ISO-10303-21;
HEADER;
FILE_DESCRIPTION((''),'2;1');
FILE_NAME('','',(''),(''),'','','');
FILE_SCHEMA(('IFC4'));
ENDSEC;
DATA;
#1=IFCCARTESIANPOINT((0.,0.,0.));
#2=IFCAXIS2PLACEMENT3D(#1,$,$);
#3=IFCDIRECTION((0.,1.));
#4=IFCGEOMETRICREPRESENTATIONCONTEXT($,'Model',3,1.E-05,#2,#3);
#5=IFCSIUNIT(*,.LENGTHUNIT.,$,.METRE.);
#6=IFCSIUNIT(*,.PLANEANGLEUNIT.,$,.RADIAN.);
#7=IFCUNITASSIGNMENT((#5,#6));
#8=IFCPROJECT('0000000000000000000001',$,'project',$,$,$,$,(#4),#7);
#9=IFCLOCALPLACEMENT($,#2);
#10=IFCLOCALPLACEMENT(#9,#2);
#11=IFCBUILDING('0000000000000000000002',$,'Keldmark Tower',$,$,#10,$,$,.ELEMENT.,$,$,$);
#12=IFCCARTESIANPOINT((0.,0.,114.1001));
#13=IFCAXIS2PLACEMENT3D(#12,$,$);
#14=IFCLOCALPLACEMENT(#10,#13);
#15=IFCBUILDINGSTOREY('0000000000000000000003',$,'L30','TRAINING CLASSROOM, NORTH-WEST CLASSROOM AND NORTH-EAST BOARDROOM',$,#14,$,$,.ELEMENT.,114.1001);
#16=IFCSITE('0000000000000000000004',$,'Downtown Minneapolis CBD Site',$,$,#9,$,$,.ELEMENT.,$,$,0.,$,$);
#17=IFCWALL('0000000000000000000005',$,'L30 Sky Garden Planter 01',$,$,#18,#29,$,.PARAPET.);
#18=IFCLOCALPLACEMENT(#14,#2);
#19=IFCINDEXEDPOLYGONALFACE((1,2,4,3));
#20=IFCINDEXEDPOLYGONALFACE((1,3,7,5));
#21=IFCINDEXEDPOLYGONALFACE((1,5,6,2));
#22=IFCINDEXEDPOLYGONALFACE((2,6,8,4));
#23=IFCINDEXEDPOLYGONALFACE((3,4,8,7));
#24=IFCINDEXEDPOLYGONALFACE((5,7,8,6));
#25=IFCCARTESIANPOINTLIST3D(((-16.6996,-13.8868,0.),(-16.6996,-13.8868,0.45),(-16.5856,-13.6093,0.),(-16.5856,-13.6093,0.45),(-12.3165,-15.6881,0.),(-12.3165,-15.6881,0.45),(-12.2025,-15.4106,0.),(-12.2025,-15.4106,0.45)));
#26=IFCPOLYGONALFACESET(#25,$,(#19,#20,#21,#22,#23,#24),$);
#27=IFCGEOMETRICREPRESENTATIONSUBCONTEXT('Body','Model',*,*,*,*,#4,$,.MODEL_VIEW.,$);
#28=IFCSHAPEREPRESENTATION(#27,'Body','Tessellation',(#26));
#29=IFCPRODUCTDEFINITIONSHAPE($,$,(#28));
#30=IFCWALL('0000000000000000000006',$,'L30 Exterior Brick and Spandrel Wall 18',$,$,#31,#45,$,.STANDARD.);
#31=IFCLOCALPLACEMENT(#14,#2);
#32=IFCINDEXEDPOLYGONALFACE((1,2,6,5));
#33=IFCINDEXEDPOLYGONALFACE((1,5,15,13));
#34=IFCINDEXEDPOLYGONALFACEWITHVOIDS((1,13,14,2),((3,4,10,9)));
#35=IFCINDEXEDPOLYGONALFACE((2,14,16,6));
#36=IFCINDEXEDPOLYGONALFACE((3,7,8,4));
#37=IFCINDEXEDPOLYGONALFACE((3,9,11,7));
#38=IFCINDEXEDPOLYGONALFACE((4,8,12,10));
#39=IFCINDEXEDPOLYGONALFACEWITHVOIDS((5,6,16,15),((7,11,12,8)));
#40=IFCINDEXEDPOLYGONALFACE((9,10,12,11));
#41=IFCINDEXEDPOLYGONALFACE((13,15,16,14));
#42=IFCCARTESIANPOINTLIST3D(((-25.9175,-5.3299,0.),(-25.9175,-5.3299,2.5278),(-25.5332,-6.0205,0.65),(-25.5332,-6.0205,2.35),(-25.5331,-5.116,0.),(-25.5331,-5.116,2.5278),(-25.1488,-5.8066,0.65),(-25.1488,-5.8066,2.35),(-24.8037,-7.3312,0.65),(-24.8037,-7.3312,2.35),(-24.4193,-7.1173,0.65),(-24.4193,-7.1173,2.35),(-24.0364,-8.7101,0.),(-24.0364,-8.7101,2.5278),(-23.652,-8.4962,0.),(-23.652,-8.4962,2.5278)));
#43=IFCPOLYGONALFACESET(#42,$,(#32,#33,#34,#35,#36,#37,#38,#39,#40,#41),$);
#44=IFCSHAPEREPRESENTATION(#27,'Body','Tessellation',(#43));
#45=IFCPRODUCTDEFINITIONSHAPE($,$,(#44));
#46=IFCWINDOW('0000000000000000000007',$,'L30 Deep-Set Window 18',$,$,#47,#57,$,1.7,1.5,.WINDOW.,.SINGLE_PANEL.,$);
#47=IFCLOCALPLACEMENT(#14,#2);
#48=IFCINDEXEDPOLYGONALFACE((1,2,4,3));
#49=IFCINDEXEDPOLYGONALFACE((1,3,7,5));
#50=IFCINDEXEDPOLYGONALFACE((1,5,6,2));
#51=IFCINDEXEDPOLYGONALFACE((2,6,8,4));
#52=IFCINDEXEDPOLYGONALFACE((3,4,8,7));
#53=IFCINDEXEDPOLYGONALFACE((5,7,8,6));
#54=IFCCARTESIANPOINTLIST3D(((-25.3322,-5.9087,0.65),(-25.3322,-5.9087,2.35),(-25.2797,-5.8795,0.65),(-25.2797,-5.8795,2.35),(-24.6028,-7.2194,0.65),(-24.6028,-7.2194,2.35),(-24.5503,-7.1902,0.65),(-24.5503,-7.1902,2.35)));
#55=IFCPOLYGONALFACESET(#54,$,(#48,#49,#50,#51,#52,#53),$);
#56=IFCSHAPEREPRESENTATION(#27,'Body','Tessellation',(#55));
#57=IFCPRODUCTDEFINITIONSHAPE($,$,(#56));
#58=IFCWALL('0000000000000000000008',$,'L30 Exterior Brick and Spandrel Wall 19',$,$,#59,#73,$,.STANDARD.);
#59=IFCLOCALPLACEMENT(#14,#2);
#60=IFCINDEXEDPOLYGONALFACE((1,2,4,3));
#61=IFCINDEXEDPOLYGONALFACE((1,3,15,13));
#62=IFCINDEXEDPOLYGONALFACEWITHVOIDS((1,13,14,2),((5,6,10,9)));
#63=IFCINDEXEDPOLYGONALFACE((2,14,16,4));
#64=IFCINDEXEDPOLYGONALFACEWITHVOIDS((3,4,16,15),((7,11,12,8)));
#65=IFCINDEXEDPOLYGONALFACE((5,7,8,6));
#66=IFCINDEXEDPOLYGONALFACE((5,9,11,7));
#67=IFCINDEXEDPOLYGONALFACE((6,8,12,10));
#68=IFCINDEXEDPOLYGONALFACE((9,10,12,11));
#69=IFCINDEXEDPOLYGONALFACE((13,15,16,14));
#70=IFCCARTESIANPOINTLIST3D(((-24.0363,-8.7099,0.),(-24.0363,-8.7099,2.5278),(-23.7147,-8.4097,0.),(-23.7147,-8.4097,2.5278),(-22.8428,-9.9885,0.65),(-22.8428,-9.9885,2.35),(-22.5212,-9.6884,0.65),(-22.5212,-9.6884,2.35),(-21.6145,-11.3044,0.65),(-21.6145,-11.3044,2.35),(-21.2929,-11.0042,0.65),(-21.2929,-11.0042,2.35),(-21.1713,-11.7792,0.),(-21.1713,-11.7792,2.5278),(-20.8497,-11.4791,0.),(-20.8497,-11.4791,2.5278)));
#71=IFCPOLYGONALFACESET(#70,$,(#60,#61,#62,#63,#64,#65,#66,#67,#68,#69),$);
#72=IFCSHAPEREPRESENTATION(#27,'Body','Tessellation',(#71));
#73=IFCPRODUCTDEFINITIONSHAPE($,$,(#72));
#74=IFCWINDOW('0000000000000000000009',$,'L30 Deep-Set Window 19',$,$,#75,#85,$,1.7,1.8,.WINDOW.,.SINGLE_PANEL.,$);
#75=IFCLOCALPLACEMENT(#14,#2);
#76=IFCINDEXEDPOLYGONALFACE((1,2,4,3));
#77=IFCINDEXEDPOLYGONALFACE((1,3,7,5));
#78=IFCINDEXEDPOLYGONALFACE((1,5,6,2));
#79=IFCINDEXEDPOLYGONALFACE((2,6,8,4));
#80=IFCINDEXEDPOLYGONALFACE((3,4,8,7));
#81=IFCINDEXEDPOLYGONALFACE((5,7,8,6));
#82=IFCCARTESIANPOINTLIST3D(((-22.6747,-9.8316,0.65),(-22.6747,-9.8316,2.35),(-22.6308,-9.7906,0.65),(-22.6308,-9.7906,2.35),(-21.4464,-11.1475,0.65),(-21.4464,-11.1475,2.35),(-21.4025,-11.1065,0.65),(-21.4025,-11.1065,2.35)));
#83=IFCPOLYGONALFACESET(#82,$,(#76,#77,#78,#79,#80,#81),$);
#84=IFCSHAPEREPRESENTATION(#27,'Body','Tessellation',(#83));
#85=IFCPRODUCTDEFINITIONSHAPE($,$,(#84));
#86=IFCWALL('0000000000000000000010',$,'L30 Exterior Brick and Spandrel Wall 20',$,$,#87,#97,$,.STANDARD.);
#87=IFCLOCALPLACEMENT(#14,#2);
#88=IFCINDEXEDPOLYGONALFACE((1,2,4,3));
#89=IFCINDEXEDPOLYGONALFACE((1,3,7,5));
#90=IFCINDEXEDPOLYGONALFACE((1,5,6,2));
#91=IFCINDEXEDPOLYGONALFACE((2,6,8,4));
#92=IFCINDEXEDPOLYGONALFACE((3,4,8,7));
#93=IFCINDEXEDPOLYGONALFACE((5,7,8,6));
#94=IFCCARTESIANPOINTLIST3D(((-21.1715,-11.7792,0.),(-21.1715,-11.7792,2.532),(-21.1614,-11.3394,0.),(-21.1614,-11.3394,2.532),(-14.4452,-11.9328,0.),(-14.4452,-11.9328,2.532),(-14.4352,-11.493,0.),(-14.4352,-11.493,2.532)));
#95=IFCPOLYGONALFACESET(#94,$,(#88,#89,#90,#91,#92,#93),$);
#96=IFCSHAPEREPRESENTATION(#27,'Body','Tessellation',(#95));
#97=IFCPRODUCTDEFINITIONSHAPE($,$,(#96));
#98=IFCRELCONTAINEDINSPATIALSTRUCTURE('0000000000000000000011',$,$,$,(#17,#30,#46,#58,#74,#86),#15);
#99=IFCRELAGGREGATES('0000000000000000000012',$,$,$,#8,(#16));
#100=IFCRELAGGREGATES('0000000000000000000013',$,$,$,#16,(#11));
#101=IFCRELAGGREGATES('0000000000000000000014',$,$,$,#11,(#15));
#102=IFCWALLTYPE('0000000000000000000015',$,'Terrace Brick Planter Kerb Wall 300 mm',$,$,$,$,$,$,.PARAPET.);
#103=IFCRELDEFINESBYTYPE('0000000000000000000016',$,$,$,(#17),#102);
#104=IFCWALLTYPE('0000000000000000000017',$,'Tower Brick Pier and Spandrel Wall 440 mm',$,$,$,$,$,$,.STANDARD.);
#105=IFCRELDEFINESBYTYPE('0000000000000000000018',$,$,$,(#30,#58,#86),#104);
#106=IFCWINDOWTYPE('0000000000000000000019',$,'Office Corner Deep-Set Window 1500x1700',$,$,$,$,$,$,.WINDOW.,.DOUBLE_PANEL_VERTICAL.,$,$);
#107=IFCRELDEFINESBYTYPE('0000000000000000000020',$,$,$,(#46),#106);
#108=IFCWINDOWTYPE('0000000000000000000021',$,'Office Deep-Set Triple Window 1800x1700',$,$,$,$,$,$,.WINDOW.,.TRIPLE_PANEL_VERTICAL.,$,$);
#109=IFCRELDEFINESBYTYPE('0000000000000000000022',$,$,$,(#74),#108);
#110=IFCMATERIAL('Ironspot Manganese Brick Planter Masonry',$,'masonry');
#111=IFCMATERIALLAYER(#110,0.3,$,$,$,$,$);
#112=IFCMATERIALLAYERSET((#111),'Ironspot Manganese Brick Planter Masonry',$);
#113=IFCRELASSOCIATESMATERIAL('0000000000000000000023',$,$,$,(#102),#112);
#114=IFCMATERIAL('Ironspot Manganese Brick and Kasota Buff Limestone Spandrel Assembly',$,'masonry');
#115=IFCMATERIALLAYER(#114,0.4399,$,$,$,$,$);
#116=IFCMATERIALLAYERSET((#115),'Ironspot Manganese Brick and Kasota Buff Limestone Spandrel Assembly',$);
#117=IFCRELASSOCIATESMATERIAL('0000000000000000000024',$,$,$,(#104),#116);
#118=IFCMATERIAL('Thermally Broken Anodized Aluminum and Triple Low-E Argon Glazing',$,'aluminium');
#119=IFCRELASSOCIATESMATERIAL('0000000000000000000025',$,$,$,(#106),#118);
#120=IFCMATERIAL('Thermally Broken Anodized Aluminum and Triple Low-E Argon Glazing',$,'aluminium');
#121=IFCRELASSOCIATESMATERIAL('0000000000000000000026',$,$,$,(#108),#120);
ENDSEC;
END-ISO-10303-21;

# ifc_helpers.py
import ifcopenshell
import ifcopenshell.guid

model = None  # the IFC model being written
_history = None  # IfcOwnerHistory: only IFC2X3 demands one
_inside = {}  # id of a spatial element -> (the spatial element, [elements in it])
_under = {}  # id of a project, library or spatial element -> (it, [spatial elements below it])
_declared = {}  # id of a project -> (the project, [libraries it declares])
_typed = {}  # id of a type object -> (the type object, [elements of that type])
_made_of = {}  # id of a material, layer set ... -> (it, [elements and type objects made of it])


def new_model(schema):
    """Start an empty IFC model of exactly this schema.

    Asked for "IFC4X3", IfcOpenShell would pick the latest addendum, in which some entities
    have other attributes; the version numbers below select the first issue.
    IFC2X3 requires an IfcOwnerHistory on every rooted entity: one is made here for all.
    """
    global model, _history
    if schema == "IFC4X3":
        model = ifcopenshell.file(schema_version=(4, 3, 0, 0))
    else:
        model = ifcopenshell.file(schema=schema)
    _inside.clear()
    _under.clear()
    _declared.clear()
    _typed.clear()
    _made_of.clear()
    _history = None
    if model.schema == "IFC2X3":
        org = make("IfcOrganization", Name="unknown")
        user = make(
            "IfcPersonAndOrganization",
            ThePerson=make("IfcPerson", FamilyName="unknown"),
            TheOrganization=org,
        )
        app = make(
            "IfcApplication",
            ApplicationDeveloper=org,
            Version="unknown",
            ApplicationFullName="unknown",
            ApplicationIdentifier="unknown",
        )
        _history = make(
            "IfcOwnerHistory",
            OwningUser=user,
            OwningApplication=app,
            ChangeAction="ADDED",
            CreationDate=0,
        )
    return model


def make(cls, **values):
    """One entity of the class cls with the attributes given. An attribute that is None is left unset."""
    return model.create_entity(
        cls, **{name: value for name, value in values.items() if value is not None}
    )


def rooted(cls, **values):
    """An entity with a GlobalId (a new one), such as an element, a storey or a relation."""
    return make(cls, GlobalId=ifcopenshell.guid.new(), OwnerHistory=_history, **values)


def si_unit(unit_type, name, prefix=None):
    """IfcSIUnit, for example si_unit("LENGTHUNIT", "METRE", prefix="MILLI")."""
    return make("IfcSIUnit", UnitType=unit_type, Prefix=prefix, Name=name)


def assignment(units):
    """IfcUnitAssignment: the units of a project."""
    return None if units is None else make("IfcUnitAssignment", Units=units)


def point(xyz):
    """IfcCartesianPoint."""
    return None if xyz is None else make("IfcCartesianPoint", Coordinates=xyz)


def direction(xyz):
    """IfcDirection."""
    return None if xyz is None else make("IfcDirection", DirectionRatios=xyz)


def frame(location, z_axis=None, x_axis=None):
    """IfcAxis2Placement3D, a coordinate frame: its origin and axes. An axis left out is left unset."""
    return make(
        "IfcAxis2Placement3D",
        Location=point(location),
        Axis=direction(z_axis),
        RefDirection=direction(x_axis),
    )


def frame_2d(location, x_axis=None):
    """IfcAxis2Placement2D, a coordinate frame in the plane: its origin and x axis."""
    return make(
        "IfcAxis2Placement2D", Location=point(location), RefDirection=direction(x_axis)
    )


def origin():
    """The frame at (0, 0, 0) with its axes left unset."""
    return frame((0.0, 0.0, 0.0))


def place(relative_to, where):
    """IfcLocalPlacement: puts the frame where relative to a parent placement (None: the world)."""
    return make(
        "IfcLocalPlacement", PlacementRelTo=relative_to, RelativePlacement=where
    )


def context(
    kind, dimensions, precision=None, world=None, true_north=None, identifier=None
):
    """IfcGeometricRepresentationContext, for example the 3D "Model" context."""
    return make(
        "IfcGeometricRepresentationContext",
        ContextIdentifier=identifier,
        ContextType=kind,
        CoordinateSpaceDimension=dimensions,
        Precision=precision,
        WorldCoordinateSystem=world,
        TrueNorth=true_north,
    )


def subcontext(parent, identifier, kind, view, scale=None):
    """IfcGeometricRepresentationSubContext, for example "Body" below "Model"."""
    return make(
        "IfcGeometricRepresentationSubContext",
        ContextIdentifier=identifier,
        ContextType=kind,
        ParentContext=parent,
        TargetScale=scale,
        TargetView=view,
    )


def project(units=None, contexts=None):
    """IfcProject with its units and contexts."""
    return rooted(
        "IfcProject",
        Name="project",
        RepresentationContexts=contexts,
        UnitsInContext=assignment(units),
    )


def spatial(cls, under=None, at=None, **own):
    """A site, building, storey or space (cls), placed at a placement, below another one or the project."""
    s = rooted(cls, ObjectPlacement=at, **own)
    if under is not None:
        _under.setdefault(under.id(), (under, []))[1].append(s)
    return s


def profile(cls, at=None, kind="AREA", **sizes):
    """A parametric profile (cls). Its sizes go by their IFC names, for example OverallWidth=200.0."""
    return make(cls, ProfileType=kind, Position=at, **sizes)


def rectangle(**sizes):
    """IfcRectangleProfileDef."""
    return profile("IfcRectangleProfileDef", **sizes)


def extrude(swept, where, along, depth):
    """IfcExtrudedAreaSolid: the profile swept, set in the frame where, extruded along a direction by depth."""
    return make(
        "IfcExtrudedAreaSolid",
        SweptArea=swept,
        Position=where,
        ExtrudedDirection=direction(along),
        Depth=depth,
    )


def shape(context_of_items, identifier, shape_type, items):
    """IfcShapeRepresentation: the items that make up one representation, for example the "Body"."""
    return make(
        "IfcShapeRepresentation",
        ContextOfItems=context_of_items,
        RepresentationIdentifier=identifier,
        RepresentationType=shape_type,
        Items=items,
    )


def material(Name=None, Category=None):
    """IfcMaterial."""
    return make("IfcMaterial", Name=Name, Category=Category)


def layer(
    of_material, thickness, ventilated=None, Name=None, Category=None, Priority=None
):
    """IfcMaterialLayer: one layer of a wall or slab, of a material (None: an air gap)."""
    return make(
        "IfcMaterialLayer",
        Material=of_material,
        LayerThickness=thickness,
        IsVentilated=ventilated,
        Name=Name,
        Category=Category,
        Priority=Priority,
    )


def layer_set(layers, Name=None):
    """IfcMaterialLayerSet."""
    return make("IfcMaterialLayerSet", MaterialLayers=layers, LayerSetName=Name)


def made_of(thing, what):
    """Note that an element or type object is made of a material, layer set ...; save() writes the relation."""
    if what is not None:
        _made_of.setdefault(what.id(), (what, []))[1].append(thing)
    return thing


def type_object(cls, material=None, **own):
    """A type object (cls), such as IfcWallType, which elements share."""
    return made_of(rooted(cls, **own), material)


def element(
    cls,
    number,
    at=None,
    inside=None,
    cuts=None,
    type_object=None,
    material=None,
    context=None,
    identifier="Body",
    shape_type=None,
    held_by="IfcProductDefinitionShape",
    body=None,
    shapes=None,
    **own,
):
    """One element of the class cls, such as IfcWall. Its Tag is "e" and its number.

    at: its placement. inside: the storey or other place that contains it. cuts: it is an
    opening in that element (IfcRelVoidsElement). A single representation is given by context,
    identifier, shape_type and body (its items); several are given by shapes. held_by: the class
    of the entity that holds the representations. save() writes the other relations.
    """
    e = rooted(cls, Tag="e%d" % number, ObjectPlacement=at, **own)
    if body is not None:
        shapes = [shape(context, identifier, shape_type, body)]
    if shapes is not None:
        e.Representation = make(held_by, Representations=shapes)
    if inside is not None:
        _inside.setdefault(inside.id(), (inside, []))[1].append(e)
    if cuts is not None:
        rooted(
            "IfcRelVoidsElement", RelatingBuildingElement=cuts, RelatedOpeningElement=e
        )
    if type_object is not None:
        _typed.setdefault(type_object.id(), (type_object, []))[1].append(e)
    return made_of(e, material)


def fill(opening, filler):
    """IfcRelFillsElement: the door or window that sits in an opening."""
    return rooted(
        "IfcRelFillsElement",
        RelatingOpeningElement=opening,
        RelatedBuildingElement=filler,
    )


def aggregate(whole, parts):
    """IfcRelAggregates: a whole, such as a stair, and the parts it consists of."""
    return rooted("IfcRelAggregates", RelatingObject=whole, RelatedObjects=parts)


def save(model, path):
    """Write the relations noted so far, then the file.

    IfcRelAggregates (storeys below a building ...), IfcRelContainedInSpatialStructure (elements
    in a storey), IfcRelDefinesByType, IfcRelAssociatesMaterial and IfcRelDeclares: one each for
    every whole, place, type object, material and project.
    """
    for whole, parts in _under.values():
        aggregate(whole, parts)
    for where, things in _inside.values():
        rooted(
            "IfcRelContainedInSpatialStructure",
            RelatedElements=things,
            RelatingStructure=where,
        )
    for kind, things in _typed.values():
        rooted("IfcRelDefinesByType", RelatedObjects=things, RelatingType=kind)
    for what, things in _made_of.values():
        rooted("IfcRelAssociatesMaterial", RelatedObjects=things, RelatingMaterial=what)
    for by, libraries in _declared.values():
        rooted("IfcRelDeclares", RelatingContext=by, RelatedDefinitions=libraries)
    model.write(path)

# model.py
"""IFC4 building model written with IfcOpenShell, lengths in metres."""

from ifc_helpers import new_model, si_unit, direction, frame, frame_2d, origin, place, context, subcontext, project, spatial, rectangle, extrude, material, layer, layer_set, type_object, element, fill, save


model = new_model("IFC4")

# Units and contexts
model_context = context("Model", 3, precision=1e-05, world=origin(), true_north=direction((0.0, 1.0)))
body_context = subcontext(model_context, "Body", "Model", "MODEL_VIEW")
ifc_project = project(units=[si_unit("LENGTHUNIT", "METRE"), si_unit("PLANEANGLEUNIT", "RADIAN")], contexts=[model_context])

# Site, building, storey
site_placement = place(None, origin())
site = spatial("IfcSite", under=ifc_project, at=site_placement, Name="Downtown Minneapolis CBD Site", CompositionType="ELEMENT", RefElevation=0.0)
building_placement = place(site_placement, origin())
building = spatial("IfcBuilding", under=site, at=building_placement, Name="Keldmark Tower", CompositionType="ELEMENT")
storey_placement = place(building_placement, frame((0.0, 0.0, 114.1001)))
storey = spatial("IfcBuildingStorey", under=building, at=storey_placement, Name="L30", Description="TRAINING CLASSROOM, NORTH-WEST CLASSROOM AND NORTH-EAST BOARDROOM", CompositionType="ELEMENT", Elevation=114.1001)

# Wall
ifc_material_1 = material(Name="Ironspot Manganese Brick Planter Masonry", Category="masonry")
ifc_layer_1 = layer(ifc_material_1, 0.3)
ifc_layer_set_1 = layer_set([ifc_layer_1], Name="Ironspot Manganese Brick Planter Masonry")
wall_type_1 = type_object("IfcWallType", Name="Terrace Brick Planter Kerb Wall 300 mm", PredefinedType="PARAPET", material=ifc_layer_set_1)
wall_1_placement = place(storey_placement, frame((-16.6426, -13.748, 0.0), z_axis=(0.0, 0.0, 1.0), x_axis=(0.924939, -0.380115, 0.0)))
element("IfcWall", 1, at=wall_1_placement, inside=storey, type_object=wall_type_1, Name="L30 Sky Garden Planter 01", PredefinedType="PARAPET", context=body_context, shape_type="SweptSolid", body=[
    extrude(rectangle(XDim=4.7388, YDim=0.3, at=frame_2d((2.3694, 0.0))), origin(), (0.0, 0.0, 1.0), 0.45),
])

# Walls, openings, windows
ifc_material_2 = material(Name="Ironspot Manganese Brick and Kasota Buff Limestone Spandrel Assembly", Category="masonry")
ifc_layer_2 = layer(ifc_material_2, 0.4399)
ifc_layer_set_2 = layer_set([ifc_layer_2], Name="Ironspot Manganese Brick and Kasota Buff Limestone Spandrel Assembly")
wall_type_2 = type_object("IfcWallType", Name="Tower Brick Pier and Spandrel Wall 440 mm", PredefinedType="STANDARD", material=ifc_layer_set_2)
wall_2_placement = place(storey_placement, frame((-23.8442, -8.603, 0.0), z_axis=(0.0, 0.0, 1.0), x_axis=(-0.486286, 0.8738, 0.0)))
wall_2 = element("IfcWall", 2, at=wall_2_placement, inside=storey, type_object=wall_type_2, Name="L30 Exterior Brick and Spandrel Wall 18", PredefinedType="STANDARD", context=body_context, shape_type="SweptSolid", body=[
    extrude(rectangle(XDim=3.8684, YDim=0.4399, at=frame_2d((1.9341, 0.0))), origin(), (0.0, 0.0, 1.0), 2.5278),
])
opening_1_placement = place(wall_2_placement, frame((1.5779, 0.0, 0.6499)))
opening_1 = element("IfcOpeningElement", 3, at=opening_1_placement, cuts=wall_2, PredefinedType="OPENING", context=body_context, shape_type="SweptSolid", body=[
    extrude(rectangle(XDim=1.5, YDim=1.7, at=frame_2d((0.75, 0.8501))), frame((0.0, 0.23, 0.0), z_axis=(0.0, -1.0, 0.0), x_axis=(1.0, 0.0, 0.0)), (0.0, 0.0, 1.0), 0.46),
])
ifc_material_3 = material(Name="Thermally Broken Anodized Aluminum and Triple Low-E Argon Glazing", Category="aluminium")
window_type_1 = type_object("IfcWindowType", Name="Office Corner Deep-Set Window 1500x1700", PartitioningType="DOUBLE_PANEL_VERTICAL", PredefinedType="WINDOW", material=ifc_material_3)
window_1_placement = place(opening_1_placement, origin())
window_1 = element("IfcWindow", 4, at=window_1_placement, inside=storey, type_object=window_type_1, Name="L30 Deep-Set Window 18", OverallHeight=1.7, OverallWidth=1.5, PartitioningType="SINGLE_PANEL", PredefinedType="WINDOW", context=body_context, shape_type="SweptSolid", body=[
    extrude(rectangle(XDim=1.5, YDim=1.7, at=frame_2d((0.75, 0.8501))), frame((0.0, -0.01, 0.0), z_axis=(0.0, -1.0, 0.0), x_axis=(1.0, 0.0, 0.0)), (0.0, 0.0, 1.0), 0.0601),
])
fill(opening_1, window_1)
wall_3_placement = place(storey_placement, frame((-21.0105, -11.6292, 0.0), z_axis=(0.0, 0.0, 1.0), x_axis=(-0.682353, 0.731022, 0.0)))
wall_3 = element("IfcWall", 5, at=wall_3_placement, inside=storey, type_object=wall_type_2, Name="L30 Exterior Brick and Spandrel Wall 19", PredefinedType="STANDARD", context=body_context, shape_type="SweptSolid", body=[
    extrude(rectangle(XDim=4.1987, YDim=0.4399, at=frame_2d((2.0994, 0.0))), origin(), (0.0, 0.0, 1.0), 2.5278),
])
opening_2_placement = place(wall_3_placement, frame((0.6497, 0.0, 0.6499)))
opening_2 = element("IfcOpeningElement", 6, at=opening_2_placement, cuts=wall_3, PredefinedType="OPENING", context=body_context, shape_type="SweptSolid", body=[
    extrude(rectangle(XDim=1.8, YDim=1.7, at=frame_2d((0.8999, 0.8501))), frame((0.0, 0.23, 0.0), z_axis=(0.0, -1.0, 0.0), x_axis=(1.0, 0.0, 0.0)), (0.0, 0.0, 1.0), 0.46),
])
ifc_material_4 = material(Name="Thermally Broken Anodized Aluminum and Triple Low-E Argon Glazing", Category="aluminium")
window_type_2 = type_object("IfcWindowType", Name="Office Deep-Set Triple Window 1800x1700", PartitioningType="TRIPLE_PANEL_VERTICAL", PredefinedType="WINDOW", material=ifc_material_4)
window_2_placement = place(opening_2_placement, origin())
window_2 = element("IfcWindow", 7, at=window_2_placement, inside=storey, type_object=window_type_2, Name="L30 Deep-Set Window 19", OverallHeight=1.7, OverallWidth=1.8, PartitioningType="SINGLE_PANEL", PredefinedType="WINDOW", context=body_context, shape_type="SweptSolid", body=[
    extrude(rectangle(XDim=1.8, YDim=1.7, at=frame_2d((0.8999, 0.8501))), frame((0.0, -0.01, 0.0), z_axis=(0.0, -1.0, 0.0), x_axis=(1.0, 0.0, 0.0)), (0.0, 0.0, 1.0), 0.0601),
])
fill(opening_2, window_2)

# Wall
wall_4_placement = place(storey_placement, frame((-14.4402, -11.7129, 0.0), z_axis=(0.0, 0.0, 1.0), x_axis=(-0.999739, 0.022824, 0.0)))
element("IfcWall", 8, at=wall_4_placement, inside=storey, type_object=wall_type_2, Name="L30 Exterior Brick and Spandrel Wall 20", PredefinedType="STANDARD", context=body_context, shape_type="SweptSolid", body=[
    extrude(rectangle(XDim=6.728, YDim=0.4399, at=frame_2d((3.364, 0.0))), origin(), (0.0, 0.0, 1.0), 2.532),
])

save(model, "model.ifc")
